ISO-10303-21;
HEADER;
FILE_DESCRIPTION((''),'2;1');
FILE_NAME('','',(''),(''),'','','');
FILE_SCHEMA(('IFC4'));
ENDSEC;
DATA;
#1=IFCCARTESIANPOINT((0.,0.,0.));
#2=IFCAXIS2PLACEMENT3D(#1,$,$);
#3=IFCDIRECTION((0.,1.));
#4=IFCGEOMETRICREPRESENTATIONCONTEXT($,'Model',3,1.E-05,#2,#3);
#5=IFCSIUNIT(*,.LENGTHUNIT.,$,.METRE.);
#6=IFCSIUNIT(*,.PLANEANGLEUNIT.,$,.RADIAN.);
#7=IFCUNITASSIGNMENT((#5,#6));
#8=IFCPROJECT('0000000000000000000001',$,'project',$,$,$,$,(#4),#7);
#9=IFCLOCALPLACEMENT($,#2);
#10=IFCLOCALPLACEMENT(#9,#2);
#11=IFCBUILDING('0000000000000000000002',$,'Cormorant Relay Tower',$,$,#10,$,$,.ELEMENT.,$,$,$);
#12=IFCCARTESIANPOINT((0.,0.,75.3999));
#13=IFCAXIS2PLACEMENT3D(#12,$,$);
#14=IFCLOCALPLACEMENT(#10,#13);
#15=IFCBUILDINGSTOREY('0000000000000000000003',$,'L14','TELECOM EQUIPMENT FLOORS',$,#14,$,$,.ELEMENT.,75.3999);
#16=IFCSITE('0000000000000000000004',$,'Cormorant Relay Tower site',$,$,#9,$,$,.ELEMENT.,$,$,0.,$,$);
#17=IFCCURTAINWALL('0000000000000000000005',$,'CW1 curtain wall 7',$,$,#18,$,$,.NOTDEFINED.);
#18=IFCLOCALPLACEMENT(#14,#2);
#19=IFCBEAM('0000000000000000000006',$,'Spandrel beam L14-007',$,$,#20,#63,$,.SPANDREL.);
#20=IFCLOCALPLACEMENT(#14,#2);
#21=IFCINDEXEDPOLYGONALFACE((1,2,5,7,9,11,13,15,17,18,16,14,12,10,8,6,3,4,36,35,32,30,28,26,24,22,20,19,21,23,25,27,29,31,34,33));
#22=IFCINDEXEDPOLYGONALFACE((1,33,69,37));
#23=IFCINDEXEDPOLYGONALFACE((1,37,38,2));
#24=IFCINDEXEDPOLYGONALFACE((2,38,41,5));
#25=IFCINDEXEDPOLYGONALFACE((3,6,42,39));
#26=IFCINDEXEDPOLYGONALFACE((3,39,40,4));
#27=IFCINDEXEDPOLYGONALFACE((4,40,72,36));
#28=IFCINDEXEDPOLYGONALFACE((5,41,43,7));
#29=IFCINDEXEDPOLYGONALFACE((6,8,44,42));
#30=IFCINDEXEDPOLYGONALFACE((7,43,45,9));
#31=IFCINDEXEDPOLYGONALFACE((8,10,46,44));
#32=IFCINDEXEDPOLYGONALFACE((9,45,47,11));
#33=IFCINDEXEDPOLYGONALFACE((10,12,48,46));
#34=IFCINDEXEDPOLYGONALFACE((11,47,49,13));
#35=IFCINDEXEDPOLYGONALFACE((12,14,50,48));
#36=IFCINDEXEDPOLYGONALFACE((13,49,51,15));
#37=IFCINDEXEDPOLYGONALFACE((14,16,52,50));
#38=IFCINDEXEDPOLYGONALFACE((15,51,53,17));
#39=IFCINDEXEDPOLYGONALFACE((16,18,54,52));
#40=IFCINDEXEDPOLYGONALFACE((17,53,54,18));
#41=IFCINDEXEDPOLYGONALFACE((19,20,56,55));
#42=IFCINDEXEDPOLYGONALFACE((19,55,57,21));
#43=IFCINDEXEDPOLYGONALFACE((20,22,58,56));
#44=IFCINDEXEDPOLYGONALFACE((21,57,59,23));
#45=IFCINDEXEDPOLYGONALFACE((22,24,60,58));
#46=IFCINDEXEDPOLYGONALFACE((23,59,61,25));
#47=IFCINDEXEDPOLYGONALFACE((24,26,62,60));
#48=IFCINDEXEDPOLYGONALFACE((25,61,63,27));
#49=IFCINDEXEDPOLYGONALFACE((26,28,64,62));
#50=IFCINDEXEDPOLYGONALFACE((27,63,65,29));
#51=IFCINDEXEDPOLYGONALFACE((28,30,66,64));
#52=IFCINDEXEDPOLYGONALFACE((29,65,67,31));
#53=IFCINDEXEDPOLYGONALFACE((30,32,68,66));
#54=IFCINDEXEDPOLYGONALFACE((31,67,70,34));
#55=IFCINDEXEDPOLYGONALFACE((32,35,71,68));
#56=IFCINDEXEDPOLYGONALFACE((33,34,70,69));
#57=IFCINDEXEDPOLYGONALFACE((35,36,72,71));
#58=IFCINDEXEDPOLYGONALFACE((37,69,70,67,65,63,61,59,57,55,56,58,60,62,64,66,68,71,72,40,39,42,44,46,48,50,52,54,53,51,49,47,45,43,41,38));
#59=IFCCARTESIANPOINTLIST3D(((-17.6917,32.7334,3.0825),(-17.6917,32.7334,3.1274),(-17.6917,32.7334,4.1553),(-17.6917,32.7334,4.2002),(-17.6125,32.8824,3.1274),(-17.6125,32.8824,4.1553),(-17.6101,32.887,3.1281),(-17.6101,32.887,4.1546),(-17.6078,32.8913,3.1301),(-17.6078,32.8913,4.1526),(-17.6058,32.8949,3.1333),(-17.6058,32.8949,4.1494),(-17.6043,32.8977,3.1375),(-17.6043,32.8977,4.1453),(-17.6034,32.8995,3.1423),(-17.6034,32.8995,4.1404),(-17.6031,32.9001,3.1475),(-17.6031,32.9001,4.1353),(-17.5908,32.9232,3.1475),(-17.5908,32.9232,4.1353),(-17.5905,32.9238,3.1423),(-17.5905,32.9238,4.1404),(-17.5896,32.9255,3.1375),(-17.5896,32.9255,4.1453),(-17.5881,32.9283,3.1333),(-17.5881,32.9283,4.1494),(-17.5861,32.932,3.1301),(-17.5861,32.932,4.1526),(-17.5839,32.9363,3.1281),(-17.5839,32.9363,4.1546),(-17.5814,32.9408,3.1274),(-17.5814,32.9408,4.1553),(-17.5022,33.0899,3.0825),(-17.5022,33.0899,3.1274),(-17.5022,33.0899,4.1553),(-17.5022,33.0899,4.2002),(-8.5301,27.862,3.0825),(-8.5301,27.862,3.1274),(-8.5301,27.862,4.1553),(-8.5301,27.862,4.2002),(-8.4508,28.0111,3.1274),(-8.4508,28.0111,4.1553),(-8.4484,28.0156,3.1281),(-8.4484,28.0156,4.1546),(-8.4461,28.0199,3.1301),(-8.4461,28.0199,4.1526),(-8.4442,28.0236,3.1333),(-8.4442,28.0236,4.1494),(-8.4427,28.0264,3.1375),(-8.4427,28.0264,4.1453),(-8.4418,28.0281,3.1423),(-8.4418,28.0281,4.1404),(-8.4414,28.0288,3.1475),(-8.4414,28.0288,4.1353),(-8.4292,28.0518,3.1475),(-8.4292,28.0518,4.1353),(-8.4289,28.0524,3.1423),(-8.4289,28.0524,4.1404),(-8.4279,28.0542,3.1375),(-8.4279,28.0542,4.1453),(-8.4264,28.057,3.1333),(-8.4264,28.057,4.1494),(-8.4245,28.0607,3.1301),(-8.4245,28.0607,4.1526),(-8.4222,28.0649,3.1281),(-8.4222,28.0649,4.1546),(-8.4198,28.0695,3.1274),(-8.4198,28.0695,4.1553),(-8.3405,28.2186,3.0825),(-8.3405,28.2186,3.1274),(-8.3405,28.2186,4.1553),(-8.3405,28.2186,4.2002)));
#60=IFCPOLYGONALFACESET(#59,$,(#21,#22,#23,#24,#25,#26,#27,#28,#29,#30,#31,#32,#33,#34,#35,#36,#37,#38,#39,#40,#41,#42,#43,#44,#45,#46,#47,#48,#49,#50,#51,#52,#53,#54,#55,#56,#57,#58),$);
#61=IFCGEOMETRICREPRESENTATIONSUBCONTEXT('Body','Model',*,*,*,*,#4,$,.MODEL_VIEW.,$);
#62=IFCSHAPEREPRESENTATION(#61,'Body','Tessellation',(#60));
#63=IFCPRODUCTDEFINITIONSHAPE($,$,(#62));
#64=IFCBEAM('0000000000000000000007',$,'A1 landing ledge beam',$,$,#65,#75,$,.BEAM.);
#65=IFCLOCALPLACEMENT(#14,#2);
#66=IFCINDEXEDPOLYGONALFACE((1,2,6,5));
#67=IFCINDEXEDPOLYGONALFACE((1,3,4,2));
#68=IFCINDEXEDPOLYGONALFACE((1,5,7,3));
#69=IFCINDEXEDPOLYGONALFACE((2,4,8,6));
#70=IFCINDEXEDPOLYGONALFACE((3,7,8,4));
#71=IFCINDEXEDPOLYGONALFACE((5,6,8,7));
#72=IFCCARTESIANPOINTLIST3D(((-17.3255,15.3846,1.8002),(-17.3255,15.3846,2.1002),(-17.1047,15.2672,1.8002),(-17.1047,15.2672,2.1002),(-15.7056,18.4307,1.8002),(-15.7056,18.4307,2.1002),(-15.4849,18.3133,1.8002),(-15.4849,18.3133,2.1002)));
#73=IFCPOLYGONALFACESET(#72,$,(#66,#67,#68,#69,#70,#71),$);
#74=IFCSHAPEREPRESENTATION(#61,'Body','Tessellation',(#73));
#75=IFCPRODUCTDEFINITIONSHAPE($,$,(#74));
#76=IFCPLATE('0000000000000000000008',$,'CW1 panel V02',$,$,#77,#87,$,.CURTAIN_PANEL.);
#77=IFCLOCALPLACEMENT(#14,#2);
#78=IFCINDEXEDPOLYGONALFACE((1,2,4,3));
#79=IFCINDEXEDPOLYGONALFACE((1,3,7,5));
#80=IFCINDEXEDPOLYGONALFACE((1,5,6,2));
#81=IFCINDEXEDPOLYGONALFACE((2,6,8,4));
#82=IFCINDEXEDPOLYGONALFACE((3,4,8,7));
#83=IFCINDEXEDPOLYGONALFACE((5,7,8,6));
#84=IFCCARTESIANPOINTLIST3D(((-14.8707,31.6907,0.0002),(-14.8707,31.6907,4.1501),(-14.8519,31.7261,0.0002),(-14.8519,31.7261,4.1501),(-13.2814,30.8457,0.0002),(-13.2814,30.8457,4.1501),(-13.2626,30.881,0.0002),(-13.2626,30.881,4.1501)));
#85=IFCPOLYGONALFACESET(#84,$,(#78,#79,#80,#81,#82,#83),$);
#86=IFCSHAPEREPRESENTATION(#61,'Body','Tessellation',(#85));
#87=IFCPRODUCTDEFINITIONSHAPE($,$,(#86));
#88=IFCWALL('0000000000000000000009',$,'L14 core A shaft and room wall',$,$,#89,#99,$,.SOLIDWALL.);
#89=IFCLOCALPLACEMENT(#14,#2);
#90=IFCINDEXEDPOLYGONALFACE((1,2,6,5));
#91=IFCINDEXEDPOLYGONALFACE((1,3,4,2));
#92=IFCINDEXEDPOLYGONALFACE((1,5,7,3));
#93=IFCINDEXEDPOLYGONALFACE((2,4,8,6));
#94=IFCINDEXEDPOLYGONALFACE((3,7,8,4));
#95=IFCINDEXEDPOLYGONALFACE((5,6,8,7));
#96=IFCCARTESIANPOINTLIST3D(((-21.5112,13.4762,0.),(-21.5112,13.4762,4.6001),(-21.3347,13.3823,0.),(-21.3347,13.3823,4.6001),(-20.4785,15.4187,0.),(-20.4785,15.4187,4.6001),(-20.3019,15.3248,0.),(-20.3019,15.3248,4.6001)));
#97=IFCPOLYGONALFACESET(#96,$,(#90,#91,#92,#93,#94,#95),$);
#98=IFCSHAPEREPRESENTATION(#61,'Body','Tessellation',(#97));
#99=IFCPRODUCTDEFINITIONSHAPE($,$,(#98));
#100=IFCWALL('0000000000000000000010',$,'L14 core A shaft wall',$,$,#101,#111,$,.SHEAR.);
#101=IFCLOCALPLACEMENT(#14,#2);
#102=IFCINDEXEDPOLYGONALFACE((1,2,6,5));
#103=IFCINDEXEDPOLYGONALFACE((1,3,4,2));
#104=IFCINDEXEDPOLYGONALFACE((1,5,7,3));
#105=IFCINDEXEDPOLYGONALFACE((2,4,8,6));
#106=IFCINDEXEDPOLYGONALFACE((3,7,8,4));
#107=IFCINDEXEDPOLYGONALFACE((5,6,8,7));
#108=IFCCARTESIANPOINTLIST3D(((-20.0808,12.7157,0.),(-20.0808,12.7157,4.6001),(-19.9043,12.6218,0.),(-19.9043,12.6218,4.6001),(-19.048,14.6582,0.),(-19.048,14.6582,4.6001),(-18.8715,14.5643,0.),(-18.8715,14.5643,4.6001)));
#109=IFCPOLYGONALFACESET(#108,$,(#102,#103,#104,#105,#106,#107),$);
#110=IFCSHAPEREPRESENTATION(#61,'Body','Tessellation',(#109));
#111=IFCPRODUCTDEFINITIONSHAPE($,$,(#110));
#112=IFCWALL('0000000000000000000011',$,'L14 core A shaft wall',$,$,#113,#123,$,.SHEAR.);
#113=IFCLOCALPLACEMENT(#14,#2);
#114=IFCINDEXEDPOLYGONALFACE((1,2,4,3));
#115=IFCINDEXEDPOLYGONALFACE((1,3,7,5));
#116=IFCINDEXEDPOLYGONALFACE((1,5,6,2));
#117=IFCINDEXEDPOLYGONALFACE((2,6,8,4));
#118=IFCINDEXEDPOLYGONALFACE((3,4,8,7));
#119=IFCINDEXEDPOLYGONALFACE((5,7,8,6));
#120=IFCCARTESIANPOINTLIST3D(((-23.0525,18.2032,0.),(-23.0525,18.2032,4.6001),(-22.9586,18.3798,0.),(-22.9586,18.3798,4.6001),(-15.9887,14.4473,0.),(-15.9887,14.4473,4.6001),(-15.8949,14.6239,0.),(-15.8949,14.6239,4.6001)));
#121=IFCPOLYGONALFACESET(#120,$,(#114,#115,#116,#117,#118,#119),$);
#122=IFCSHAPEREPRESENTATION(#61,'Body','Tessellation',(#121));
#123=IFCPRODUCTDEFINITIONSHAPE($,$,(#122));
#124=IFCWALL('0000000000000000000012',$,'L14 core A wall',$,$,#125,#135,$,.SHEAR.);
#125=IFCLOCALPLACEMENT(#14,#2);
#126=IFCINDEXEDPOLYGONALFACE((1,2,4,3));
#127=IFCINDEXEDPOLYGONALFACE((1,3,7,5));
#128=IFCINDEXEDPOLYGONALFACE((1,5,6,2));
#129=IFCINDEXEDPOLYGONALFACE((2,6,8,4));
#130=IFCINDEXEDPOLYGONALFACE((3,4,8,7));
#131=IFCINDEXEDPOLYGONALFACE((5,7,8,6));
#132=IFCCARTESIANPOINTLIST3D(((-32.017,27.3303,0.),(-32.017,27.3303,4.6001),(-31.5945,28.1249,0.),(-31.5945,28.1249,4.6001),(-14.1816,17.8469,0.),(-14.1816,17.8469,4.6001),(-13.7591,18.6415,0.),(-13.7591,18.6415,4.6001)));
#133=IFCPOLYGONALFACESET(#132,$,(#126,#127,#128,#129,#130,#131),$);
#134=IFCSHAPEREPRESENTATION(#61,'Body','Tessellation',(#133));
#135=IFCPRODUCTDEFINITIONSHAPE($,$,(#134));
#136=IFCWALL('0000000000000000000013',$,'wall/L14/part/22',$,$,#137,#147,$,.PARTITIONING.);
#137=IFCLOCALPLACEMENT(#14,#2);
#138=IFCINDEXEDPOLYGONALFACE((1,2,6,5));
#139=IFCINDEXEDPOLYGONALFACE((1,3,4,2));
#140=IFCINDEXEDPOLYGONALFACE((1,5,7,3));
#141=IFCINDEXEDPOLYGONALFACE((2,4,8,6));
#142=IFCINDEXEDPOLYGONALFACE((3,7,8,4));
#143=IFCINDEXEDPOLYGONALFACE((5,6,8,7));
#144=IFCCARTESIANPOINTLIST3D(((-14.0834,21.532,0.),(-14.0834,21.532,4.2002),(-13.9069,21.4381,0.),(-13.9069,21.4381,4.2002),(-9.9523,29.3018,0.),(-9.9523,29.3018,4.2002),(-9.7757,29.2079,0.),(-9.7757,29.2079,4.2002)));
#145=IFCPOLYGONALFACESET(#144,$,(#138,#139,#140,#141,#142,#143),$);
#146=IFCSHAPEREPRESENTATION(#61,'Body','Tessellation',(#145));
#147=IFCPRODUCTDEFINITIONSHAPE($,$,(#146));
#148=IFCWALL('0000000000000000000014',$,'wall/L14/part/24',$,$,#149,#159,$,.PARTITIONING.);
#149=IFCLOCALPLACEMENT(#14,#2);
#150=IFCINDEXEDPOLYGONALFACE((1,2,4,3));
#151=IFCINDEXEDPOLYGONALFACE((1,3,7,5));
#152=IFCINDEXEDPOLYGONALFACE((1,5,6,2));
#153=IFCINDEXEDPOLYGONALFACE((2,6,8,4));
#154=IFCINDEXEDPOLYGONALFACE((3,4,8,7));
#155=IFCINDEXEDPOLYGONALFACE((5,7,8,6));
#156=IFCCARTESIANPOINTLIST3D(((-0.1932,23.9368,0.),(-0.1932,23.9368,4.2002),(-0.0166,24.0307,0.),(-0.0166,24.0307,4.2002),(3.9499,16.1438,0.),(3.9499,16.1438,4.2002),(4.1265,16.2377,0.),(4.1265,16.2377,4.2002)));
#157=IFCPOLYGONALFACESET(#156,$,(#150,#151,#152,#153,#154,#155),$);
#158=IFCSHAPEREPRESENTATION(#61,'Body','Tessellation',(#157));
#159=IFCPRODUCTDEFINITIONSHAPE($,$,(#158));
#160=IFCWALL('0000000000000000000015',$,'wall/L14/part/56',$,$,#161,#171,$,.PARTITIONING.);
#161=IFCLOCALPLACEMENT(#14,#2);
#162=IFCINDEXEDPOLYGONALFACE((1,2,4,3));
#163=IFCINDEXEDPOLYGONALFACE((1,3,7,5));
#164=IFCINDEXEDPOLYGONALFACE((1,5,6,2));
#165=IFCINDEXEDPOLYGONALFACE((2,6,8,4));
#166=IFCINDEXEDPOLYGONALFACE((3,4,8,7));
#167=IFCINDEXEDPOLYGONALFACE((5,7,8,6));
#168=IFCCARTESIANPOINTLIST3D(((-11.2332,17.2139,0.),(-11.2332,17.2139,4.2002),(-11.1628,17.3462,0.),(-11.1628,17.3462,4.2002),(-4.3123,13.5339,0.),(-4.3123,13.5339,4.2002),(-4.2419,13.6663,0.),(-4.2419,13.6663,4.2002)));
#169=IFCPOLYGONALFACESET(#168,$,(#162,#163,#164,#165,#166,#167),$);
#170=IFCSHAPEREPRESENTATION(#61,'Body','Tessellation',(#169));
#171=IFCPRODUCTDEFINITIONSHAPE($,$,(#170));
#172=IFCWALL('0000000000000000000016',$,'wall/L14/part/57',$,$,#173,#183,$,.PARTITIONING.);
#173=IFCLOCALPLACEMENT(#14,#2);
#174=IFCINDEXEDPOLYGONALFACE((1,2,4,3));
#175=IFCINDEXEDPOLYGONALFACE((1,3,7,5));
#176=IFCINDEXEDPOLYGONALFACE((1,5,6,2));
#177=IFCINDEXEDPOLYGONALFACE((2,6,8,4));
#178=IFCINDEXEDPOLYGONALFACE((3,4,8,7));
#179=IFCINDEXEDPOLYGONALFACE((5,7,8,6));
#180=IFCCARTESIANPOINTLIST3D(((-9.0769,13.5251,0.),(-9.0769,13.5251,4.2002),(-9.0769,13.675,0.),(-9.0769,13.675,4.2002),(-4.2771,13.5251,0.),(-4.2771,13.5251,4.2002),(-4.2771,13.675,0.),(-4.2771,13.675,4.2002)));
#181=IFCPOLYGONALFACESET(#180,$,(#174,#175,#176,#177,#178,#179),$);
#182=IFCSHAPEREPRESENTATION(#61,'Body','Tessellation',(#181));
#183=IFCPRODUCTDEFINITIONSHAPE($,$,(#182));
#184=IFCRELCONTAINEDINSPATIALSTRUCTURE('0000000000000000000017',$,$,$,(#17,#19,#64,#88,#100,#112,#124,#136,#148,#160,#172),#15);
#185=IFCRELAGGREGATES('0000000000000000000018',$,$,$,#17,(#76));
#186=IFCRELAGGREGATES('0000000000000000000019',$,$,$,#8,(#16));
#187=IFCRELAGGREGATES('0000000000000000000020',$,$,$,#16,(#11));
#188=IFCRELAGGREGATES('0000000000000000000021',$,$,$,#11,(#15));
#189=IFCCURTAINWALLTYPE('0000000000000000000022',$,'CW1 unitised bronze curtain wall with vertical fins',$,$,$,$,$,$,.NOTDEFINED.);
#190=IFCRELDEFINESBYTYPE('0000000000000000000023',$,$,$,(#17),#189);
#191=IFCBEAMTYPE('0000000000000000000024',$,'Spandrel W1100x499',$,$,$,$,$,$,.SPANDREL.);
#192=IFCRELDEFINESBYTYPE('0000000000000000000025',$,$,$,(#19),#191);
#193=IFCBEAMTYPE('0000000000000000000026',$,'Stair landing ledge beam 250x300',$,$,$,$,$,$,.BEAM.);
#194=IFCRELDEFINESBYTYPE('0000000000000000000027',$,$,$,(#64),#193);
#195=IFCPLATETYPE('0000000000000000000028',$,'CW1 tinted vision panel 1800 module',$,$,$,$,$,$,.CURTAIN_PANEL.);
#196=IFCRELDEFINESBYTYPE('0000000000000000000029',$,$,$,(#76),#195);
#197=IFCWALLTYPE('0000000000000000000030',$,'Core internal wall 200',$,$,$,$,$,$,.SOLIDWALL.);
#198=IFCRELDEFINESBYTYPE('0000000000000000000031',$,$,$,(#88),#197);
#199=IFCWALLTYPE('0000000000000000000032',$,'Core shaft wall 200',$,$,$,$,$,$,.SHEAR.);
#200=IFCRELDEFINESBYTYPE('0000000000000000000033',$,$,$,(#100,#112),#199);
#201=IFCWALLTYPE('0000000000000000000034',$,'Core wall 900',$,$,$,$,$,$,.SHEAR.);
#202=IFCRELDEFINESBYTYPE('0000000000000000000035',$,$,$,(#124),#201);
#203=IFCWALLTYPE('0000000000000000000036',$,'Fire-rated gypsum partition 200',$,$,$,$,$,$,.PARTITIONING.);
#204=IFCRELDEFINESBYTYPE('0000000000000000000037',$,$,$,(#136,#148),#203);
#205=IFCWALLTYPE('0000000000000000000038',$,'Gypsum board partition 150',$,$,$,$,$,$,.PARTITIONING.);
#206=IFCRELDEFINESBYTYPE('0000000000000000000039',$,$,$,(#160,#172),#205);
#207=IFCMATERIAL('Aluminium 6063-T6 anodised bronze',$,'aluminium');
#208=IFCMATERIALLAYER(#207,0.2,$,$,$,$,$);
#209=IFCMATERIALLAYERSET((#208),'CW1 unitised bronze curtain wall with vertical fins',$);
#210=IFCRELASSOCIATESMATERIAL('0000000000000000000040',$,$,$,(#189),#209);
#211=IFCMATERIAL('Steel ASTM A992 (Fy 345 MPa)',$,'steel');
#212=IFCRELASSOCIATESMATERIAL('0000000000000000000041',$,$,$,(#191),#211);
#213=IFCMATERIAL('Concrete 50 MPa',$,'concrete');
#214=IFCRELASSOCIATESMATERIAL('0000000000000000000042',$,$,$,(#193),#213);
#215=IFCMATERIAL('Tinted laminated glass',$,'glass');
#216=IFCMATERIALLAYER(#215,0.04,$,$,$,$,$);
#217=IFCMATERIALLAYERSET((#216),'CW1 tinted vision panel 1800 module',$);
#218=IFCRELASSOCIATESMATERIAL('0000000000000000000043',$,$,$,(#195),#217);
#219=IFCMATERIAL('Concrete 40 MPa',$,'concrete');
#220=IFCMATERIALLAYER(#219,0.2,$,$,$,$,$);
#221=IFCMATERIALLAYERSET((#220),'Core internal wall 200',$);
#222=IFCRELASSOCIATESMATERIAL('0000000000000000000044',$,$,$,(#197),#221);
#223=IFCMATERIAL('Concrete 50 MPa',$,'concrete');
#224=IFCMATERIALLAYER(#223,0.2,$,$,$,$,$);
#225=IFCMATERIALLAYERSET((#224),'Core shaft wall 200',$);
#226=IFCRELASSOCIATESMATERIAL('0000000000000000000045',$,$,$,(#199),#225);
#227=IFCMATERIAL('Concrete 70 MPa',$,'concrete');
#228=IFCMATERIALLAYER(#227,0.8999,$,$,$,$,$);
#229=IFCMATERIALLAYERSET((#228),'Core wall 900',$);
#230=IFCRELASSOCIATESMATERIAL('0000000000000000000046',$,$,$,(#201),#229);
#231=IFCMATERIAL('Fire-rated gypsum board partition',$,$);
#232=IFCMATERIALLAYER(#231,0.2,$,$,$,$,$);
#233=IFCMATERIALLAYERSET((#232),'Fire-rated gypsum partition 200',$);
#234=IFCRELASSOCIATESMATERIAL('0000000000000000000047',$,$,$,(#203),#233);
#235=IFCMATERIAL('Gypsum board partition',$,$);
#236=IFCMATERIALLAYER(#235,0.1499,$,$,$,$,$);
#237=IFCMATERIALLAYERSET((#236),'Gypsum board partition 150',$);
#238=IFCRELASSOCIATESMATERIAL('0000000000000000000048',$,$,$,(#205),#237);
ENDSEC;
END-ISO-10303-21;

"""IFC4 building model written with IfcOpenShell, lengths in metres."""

from ifc_helpers import new_model, si_unit, direction, frame, frame_2d, origin, origin_2d, place, context, subcontext, project, spatial, rectangle, i_section, extrude, material, layer, layer_set, material_profile, profile_set, type_object, element, aggregate, save


model = new_model("IFC4")

# Units and contexts
model_context = context("Model", 3, precision=1e-05, world=origin(), true_north=direction((0.0, 1.0)))
body_context = subcontext(model_context, "Body", "Model", "MODEL_VIEW")
ifc_project = project(units=[si_unit("LENGTHUNIT", "METRE"), si_unit("PLANEANGLEUNIT", "RADIAN")], contexts=[model_context])

# Site, building, storey
site_placement = place(None, origin())
site = spatial("IfcSite", under=ifc_project, at=site_placement, Name="Cormorant Relay Tower site", CompositionType="ELEMENT", RefElevation=0.0)
building_placement = place(site_placement, origin())
building = spatial("IfcBuilding", under=site, at=building_placement, Name="Cormorant Relay Tower", CompositionType="ELEMENT")
storey_placement = place(building_placement, frame((0.0, 0.0, 75.3999)))
storey = spatial("IfcBuildingStorey", under=building, at=storey_placement, Name="L14", Description="TELECOM EQUIPMENT FLOORS", CompositionType="ELEMENT", Elevation=75.3999)

# Curtain wall
ifc_material_1 = material(Name="Aluminium 6063-T6 anodised bronze", Category="aluminium")
ifc_layer_1 = layer(ifc_material_1, 0.2)
ifc_layer_set_1 = layer_set([ifc_layer_1], Name="CW1 unitised bronze curtain wall with vertical fins")
curtain_wall_type = type_object("IfcCurtainWallType", Name="CW1 unitised bronze curtain wall with vertical fins", PredefinedType="NOTDEFINED", material=ifc_layer_set_1)
curtain_wall_placement = place(storey_placement, origin())
curtain_wall = element("IfcCurtainWall", 1, at=curtain_wall_placement, inside=storey, type_object=curtain_wall_type, Name="CW1 curtain wall 7", PredefinedType="NOTDEFINED")

# Beams
ifc_material_2 = material(Name="Steel ASTM A992 (Fy 345 MPa)", Category="steel")
ifc_material_profile_1 = material_profile(ifc_material_2, i_section(OverallWidth=0.4038, OverallDepth=1.1177, WebThickness=0.0261, FlangeThickness=0.0449, FilletRadius=0.02, at=origin_2d()), Name="W1100x499")
ifc_profile_set_1 = profile_set([ifc_material_profile_1], Name="Steel ASTM A992 (Fy 345 MPa)")
beam_type_1 = type_object("IfcBeamType", Name="Spandrel W1100x499", PredefinedType="SPANDREL", material=ifc_profile_set_1)
beam_1_placement = place(storey_placement, frame((-8.4353, 28.0403, 3.6414), z_axis=(-0.882947, 0.469473, 0.0), x_axis=(-0.469473, -0.882947, 0.0)))
element("IfcBeam", 2, at=beam_1_placement, inside=storey, type_object=beam_type_1, Name="Spandrel beam L14-007", PredefinedType="SPANDREL", context=body_context, shape_type="SweptSolid", body=[
    extrude(i_section(OverallWidth=0.4038, OverallDepth=1.1177, WebThickness=0.0261, FlangeThickness=0.0449, FilletRadius=0.02, at=origin_2d()), origin(), (0.0, 0.0, 1.0), 10.3762),
])
ifc_material_3 = material(Name="Concrete 50 MPa", Category="concrete")
ifc_material_profile_2 = material_profile(ifc_material_3, rectangle(XDim=0.25, YDim=0.3, at=origin_2d()), Name="RC 250x300")
ifc_profile_set_2 = profile_set([ifc_material_profile_2], Name="Concrete 50 MPa")
beam_type_2 = type_object("IfcBeamType", Name="Stair landing ledge beam 250x300", PredefinedType="BEAM", material=ifc_profile_set_2)
beam_2_placement = place(storey_placement, frame((-17.2151, 15.3259, 1.9502), z_axis=(0.469519, 0.882922, 0.0), x_axis=(-0.882922, 0.469519, 0.0)))
element("IfcBeam", 3, at=beam_2_placement, inside=storey, type_object=beam_type_2, Name="A1 landing ledge beam", PredefinedType="BEAM", context=body_context, shape_type="SweptSolid", body=[
    extrude(rectangle(XDim=0.25, YDim=0.3, at=origin_2d()), origin(), (0.0, 0.0, 1.0), 3.45),
])

# Plate
ifc_material_4 = material(Name="Tinted laminated glass", Category="glass")
ifc_layer_2 = layer(ifc_material_4, 0.04)
ifc_layer_set_2 = layer_set([ifc_layer_2], Name="CW1 tinted vision panel 1800 module")
plate_type = type_object("IfcPlateType", Name="CW1 tinted vision panel 1800 module", PredefinedType="CURTAIN_PANEL", material=ifc_layer_set_2)
plate_placement = place(storey_placement, frame((-14.0667, 31.2859, 0.0002), z_axis=(0.0, 0.0, 1.0), x_axis=(-0.882948, 0.469472, 0.0)))
plate = element("IfcPlate", 4, at=plate_placement, type_object=plate_type, Name="CW1 panel V02", PredefinedType="CURTAIN_PANEL", context=body_context, shape_type="SweptSolid", body=[
    extrude(rectangle(XDim=1.8, YDim=0.04, at=origin_2d()), origin(), (0.0, 0.0, 1.0), 4.1499),
])

# Walls
ifc_material_5 = material(Name="Concrete 40 MPa", Category="concrete")
ifc_layer_3 = layer(ifc_material_5, 0.2)
ifc_layer_set_3 = layer_set([ifc_layer_3], Name="Core internal wall 200")
wall_type_1 = type_object("IfcWallType", Name="Core internal wall 200", PredefinedType="SOLIDWALL", material=ifc_layer_set_3)
wall_1_placement = place(storey_placement, frame((-20.3901, 15.3718, 0.0), z_axis=(0.0, 0.0, 1.0), x_axis=(-0.469447, -0.88296, 0.0)))
element("IfcWall", 5, at=wall_1_placement, inside=storey, type_object=wall_type_1, Name="L14 core A shaft and room wall", PredefinedType="SOLIDWALL", context=body_context, shape_type="SweptSolid", body=[
    extrude(rectangle(XDim=2.2, YDim=0.2, at=frame_2d((1.1001, 0.0))), origin(), (0.0, 0.0, 1.0), 4.6001),
])
ifc_material_6 = material(Name="Concrete 50 MPa", Category="concrete")
ifc_layer_4 = layer(ifc_material_6, 0.2)
ifc_layer_set_4 = layer_set([ifc_layer_4], Name="Core shaft wall 200")
wall_type_2 = type_object("IfcWallType", Name="Core shaft wall 200", PredefinedType="SHEAR", material=ifc_layer_set_4)
wall_2_placement = place(storey_placement, frame((-18.9597, 14.6113, 0.0), z_axis=(0.0, 0.0, 1.0), x_axis=(-0.469447, -0.88296, 0.0)))
element("IfcWall", 6, at=wall_2_placement, inside=storey, type_object=wall_type_2, Name="L14 core A shaft wall", PredefinedType="SHEAR", context=body_context, shape_type="SweptSolid", body=[
    extrude(rectangle(XDim=2.2, YDim=0.2, at=frame_2d((1.1001, 0.0))), origin(), (0.0, 0.0, 1.0), 4.6001),
])
wall_3_placement = place(storey_placement, frame((-15.9419, 14.5356, 0.0), z_axis=(0.0, 0.0, 1.0), x_axis=(-0.882947, 0.469473, 0.0)))
element("IfcWall", 7, at=wall_3_placement, inside=storey, type_object=wall_type_2, Name="L14 core A shaft wall", PredefinedType="SHEAR", context=body_context, shape_type="SweptSolid", body=[
    extrude(rectangle(XDim=8.0002, YDim=0.2, at=frame_2d((4.0, 0.0))), origin(), (0.0, 0.0, 1.0), 4.6001),
])

# Shared definitions
ifc_material_7 = material(Name="Concrete 70 MPa", Category="concrete")
ifc_layer_5 = layer(ifc_material_7, 0.8999)
ifc_layer_set_5 = layer_set([ifc_layer_5], Name="Core wall 900")
wall_type_3 = type_object("IfcWallType", Name="Core wall 900", PredefinedType="SHEAR", material=ifc_layer_set_5)

# Walls
wall_4_placement = place(storey_placement, frame((-13.9702, 18.2441, 0.0), z_axis=(0.0, 0.0, 1.0), x_axis=(-0.882945, 0.469476, 0.0)))
element("IfcWall", 8, at=wall_4_placement, inside=storey, type_object=wall_type_3, Name="L14 core A wall", PredefinedType="SHEAR", context=body_context, shape_type="SweptSolid", body=[
    extrude(rectangle(XDim=20.2, YDim=0.8999, at=frame_2d((10.1001, 0.0))), origin(), (0.0, 0.0, 1.0), 4.6001),
])
ifc_material_8 = material(Name="Fire-rated gypsum board partition")
ifc_layer_6 = layer(ifc_material_8, 0.2)
ifc_layer_set_6 = layer_set([ifc_layer_6], Name="Fire-rated gypsum partition 200")
wall_type_4 = type_object("IfcWallType", Name="Fire-rated gypsum partition 200", PredefinedType="PARTITIONING", material=ifc_layer_set_6)
wall_5_placement = place(storey_placement, frame((-9.864, 29.2549, 0.0), z_axis=(0.0, 0.0, 1.0), x_axis=(-0.469457, -0.882955, 0.0)))
element("IfcWall", 9, at=wall_5_placement, inside=storey, type_object=wall_type_4, Name="wall/L14/part/22", PredefinedType="PARTITIONING", context=body_context, shape_type="SweptSolid", body=[
    extrude(rectangle(XDim=8.7998, YDim=0.2, at=frame_2d((4.3999, 0.0))), origin(), (0.0, 0.0, 1.0), 4.2002),
])
wall_6_placement = place(storey_placement, frame((-0.105, 23.9839, 0.0), z_axis=(0.0, 0.0, 1.0), x_axis=(0.469425, -0.882972, 0.0)))
element("IfcWall", 10, at=wall_6_placement, inside=storey, type_object=wall_type_4, Name="wall/L14/part/24", PredefinedType="PARTITIONING", context=body_context, shape_type="SweptSolid", body=[
    extrude(rectangle(XDim=8.8259, YDim=0.2, at=frame_2d((4.4131, 0.0))), origin(), (0.0, 0.0, 1.0), 4.2002),
])
ifc_material_9 = material(Name="Gypsum board partition")
ifc_layer_7 = layer(ifc_material_9, 0.1499)
ifc_layer_set_7 = layer_set([ifc_layer_7], Name="Gypsum board partition 150")
wall_type_5 = type_object("IfcWallType", Name="Gypsum board partition 150", PredefinedType="PARTITIONING", material=ifc_layer_set_7)
wall_7_placement = place(storey_placement, frame((-11.198, 17.28, 0.0), z_axis=(0.0, 0.0, 1.0), x_axis=(0.882946, -0.469474, 0.0)))
element("IfcWall", 11, at=wall_7_placement, inside=storey, type_object=wall_type_5, Name="wall/L14/part/56", PredefinedType="PARTITIONING", context=body_context, shape_type="SweptSolid", body=[
    extrude(rectangle(XDim=7.8384, YDim=0.1499, at=frame_2d((3.9192, 0.0))), origin(), (0.0, 0.0, 1.0), 4.2002),
])
wall_8_placement = place(storey_placement, frame((-4.2771, 13.6001, 0.0), z_axis=(0.0, 0.0, 1.0), x_axis=(-1.0, 0.0, 0.0)))
element("IfcWall", 12, at=wall_8_placement, inside=storey, type_object=wall_type_5, Name="wall/L14/part/57", PredefinedType="PARTITIONING", context=body_context, shape_type="SweptSolid", body=[
    extrude(rectangle(XDim=4.7998, YDim=0.1499, at=frame_2d((2.3999, 0.0))), origin(), (0.0, 0.0, 1.0), 4.2002),
])

aggregate(curtain_wall, [plate])

save(model, "model.ifc")
